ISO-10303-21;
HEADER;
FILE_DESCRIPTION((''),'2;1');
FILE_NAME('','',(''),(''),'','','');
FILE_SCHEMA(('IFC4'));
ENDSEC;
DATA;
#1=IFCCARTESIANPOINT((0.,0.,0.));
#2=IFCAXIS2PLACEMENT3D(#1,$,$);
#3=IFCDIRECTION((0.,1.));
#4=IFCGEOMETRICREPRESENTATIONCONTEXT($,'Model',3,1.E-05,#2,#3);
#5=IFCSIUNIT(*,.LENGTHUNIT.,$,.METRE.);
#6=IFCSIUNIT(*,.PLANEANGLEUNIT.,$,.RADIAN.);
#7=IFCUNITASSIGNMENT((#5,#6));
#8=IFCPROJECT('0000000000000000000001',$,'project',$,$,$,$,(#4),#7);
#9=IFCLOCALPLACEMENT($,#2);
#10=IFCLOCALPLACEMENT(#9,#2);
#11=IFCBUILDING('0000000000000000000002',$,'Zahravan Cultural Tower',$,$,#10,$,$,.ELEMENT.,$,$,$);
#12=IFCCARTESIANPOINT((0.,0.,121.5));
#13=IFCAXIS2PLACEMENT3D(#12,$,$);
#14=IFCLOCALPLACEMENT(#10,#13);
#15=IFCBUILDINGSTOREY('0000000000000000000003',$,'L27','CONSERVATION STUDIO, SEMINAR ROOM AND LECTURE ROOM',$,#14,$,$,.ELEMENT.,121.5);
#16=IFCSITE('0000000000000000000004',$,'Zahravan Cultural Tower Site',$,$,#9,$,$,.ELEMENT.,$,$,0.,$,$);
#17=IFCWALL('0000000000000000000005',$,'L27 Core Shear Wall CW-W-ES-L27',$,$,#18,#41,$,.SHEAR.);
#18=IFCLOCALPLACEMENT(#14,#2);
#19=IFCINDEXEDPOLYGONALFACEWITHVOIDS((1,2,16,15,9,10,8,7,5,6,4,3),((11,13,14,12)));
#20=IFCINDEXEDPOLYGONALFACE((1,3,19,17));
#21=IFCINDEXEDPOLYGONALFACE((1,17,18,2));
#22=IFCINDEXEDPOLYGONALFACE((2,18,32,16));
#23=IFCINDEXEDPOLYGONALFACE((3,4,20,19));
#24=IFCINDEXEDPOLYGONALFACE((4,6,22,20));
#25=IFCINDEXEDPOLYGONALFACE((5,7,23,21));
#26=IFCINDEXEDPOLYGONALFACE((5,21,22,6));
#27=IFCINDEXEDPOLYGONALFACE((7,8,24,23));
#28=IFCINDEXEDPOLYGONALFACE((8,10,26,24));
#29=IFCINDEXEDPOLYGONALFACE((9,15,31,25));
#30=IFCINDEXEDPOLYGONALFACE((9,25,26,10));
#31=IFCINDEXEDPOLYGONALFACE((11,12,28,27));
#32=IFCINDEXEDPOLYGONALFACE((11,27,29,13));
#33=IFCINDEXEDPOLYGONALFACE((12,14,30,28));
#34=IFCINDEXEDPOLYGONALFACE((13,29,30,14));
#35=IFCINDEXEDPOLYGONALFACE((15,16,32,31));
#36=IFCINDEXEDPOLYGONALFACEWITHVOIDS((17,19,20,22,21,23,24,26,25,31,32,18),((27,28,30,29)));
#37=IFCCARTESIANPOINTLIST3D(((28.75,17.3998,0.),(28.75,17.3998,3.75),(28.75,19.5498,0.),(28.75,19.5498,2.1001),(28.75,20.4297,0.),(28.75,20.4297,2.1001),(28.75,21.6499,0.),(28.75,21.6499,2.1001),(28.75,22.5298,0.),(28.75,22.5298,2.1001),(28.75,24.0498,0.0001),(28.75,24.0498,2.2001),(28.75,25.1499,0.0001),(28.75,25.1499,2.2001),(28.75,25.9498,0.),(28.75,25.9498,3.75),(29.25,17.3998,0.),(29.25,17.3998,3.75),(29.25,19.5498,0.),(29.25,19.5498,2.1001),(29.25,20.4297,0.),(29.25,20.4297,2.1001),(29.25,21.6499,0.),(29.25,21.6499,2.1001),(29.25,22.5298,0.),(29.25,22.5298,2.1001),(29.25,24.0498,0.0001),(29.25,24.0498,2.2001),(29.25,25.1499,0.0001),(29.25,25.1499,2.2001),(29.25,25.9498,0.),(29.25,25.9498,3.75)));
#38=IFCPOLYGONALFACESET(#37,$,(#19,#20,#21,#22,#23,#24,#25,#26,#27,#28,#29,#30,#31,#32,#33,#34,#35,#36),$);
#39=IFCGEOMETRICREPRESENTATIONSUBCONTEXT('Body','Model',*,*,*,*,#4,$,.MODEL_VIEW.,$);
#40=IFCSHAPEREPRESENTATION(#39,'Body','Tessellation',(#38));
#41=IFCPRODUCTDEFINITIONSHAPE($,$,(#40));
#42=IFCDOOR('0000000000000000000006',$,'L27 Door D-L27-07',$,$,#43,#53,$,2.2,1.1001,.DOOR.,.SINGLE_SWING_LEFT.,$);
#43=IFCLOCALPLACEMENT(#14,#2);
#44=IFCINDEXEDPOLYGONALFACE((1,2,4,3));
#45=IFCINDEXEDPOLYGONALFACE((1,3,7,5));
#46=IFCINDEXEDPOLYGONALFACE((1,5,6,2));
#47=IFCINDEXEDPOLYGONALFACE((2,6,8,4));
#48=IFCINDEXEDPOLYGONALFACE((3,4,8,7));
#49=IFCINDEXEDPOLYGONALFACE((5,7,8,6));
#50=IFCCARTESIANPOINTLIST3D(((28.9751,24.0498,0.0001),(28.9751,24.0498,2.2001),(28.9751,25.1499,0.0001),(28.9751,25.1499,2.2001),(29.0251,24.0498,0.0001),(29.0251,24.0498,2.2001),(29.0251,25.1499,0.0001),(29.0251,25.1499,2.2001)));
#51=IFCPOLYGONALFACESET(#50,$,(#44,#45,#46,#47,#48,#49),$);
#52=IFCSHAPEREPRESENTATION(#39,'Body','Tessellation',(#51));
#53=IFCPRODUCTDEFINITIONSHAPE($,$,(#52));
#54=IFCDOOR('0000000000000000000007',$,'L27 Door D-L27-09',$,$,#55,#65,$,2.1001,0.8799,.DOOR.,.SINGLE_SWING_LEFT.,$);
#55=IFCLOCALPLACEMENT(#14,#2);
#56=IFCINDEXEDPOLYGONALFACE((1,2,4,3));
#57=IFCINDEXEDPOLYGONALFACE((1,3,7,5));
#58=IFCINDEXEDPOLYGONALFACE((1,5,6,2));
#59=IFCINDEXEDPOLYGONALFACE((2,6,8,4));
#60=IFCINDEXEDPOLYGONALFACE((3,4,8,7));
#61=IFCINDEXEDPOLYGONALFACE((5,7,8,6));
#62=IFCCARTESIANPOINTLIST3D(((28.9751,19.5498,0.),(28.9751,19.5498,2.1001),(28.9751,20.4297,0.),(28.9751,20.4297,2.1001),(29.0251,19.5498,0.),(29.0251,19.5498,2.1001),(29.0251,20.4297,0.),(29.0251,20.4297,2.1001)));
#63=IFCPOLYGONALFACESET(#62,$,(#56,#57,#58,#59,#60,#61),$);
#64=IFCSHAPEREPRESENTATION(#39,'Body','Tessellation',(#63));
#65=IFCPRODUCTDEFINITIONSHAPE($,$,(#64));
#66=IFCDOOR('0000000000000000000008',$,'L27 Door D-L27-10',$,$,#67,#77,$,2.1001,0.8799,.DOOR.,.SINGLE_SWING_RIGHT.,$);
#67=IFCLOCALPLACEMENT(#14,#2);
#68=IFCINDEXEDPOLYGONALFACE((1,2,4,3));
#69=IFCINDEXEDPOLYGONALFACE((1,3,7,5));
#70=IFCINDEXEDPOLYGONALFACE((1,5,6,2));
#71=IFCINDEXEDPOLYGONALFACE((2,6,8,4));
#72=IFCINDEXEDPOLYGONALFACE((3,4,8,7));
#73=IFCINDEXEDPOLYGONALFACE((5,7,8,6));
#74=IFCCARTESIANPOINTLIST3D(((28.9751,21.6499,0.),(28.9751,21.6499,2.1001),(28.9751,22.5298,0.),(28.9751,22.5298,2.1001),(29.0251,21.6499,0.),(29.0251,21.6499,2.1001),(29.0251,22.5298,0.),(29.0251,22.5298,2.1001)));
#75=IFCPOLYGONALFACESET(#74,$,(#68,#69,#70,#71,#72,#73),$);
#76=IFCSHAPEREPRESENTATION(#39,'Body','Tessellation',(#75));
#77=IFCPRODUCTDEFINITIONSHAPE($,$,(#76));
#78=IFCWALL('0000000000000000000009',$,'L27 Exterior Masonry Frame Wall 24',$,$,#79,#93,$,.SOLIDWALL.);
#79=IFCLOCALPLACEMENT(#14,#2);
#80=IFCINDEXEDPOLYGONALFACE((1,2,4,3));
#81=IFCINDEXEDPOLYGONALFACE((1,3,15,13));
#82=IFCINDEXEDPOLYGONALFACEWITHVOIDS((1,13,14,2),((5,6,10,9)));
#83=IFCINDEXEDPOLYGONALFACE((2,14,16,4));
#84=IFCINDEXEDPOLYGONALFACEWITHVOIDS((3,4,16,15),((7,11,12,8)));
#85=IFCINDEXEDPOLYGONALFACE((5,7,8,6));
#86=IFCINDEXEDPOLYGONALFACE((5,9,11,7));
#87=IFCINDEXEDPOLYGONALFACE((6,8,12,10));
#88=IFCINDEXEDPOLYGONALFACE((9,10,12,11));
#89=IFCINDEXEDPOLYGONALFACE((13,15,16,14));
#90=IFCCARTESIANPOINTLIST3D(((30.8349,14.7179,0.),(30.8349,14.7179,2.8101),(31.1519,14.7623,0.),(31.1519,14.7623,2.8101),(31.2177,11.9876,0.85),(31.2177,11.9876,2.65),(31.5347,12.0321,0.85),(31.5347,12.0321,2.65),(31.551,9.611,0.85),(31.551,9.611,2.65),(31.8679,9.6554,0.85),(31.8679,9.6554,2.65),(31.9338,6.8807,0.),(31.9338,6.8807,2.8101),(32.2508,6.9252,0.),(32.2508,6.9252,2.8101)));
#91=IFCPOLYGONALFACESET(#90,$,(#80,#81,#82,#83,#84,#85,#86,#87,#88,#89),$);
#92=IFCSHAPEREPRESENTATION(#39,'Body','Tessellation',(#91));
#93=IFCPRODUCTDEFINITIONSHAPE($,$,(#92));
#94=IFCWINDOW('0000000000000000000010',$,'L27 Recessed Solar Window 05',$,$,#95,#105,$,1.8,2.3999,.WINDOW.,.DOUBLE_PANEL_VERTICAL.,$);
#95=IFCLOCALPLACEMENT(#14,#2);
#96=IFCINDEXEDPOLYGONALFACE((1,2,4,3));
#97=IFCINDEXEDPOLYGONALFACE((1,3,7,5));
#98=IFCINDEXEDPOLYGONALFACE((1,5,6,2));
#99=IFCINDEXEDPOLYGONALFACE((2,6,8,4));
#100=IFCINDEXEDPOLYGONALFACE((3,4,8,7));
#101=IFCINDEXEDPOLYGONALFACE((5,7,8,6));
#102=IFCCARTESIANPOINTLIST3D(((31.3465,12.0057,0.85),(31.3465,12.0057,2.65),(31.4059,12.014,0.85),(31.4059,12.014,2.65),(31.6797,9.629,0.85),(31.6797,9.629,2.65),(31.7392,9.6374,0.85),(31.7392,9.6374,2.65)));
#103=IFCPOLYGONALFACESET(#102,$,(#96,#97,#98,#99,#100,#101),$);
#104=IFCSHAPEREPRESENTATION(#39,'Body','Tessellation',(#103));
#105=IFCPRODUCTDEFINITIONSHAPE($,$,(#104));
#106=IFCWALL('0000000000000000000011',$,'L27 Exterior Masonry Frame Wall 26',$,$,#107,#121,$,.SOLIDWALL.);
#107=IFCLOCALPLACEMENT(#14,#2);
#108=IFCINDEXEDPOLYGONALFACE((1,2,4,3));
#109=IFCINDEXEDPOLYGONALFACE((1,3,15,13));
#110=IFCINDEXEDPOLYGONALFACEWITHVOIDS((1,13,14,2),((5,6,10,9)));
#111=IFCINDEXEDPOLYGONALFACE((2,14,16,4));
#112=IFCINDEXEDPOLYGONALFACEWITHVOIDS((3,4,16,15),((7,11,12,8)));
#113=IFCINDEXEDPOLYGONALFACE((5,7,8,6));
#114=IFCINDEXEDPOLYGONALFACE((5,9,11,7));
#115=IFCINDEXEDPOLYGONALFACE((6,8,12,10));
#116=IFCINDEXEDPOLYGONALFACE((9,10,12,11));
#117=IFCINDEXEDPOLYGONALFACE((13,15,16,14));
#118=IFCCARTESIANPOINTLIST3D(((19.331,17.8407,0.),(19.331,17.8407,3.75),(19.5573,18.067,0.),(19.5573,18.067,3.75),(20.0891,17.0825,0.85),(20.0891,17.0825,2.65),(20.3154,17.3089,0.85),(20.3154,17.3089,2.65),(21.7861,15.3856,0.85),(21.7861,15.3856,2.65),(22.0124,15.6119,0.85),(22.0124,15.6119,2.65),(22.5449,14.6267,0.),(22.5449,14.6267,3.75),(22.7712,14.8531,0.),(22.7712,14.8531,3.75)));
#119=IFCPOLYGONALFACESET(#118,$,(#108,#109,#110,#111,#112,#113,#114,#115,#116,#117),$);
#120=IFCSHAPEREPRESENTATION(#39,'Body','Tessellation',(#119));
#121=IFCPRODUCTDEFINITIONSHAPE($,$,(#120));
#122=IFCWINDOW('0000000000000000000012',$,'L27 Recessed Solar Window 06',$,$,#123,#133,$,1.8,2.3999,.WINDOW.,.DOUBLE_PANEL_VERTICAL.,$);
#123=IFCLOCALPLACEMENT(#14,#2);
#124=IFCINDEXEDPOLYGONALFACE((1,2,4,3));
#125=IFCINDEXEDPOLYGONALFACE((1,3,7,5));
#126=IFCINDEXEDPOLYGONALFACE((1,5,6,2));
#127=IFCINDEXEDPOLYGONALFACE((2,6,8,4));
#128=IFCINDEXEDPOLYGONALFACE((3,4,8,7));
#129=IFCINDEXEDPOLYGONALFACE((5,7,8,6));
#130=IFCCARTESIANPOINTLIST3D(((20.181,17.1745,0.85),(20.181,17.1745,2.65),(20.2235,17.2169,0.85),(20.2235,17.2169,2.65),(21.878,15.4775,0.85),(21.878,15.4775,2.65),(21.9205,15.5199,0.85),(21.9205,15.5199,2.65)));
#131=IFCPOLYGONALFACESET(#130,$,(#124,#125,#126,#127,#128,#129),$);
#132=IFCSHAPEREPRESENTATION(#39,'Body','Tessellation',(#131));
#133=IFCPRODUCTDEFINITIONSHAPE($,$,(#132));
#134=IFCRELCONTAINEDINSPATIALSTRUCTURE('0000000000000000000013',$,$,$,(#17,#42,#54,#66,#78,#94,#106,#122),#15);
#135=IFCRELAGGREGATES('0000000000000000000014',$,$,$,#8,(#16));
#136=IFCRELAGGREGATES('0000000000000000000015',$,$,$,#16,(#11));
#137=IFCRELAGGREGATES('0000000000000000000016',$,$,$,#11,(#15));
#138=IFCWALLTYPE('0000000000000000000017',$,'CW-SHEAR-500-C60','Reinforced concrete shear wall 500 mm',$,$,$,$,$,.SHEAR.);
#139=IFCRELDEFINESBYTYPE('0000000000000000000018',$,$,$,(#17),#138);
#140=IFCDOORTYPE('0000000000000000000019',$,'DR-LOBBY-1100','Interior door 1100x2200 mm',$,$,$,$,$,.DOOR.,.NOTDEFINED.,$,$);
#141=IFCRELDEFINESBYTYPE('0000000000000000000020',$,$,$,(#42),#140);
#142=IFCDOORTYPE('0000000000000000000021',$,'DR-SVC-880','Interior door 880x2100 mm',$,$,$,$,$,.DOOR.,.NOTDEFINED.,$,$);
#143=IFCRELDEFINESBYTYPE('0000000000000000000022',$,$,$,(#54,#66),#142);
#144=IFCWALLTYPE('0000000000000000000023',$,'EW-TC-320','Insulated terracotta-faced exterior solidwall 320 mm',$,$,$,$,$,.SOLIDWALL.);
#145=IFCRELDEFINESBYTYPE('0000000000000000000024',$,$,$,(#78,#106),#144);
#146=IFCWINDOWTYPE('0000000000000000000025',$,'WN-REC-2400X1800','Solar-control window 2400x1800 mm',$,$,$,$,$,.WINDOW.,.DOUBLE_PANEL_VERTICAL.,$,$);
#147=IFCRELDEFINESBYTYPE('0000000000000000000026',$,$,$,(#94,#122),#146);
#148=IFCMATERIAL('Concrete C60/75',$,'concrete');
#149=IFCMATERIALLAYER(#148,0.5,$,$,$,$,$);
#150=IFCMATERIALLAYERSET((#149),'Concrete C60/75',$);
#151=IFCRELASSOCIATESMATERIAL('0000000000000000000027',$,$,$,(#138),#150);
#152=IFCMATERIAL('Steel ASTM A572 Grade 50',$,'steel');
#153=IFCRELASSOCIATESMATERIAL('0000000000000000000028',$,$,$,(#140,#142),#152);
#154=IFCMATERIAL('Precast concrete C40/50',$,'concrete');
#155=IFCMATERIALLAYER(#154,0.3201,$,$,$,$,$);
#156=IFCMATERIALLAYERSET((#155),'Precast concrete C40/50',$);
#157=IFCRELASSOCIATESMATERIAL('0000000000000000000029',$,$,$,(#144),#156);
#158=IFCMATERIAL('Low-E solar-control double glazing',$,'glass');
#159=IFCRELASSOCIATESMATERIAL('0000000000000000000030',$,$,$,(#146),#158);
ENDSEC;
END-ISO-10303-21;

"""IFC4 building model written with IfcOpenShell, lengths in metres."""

from ifc_helpers import new_model, si_unit, direction, frame, frame_2d, origin, place, context, subcontext, project, spatial, rectangle, extrude, source, transform, mapped, material, layer, layer_set, type_object, element, fill, save


model = new_model("IFC4")

# Units and contexts
model_context = context("Model", 3, precision=1e-05, world=origin(), true_north=direction((0.0, 1.0)))
body_context = subcontext(model_context, "Body", "Model", "MODEL_VIEW")
ifc_project = project(units=[si_unit("LENGTHUNIT", "METRE"), si_unit("PLANEANGLEUNIT", "RADIAN")], contexts=[model_context])

# Site, building, storey
site_placement = place(None, origin())
site = spatial("IfcSite", under=ifc_project, at=site_placement, Name="Zahravan Cultural Tower Site", CompositionType="ELEMENT", RefElevation=0.0)
building_placement = place(site_placement, origin())
building = spatial("IfcBuilding", under=site, at=building_placement, Name="Zahravan Cultural Tower", CompositionType="ELEMENT")
storey_placement = place(building_placement, frame((0.0, 0.0, 121.5)))
storey = spatial("IfcBuildingStorey", under=building, at=storey_placement, Name="L27", Description="CONSERVATION STUDIO, SEMINAR ROOM AND LECTURE ROOM", CompositionType="ELEMENT", Elevation=121.5)

# Shared definitions
ifc_material_1 = material(Name="Concrete C60/75", Category="concrete")

# Wall, openings, doors
ifc_layer_1 = layer(ifc_material_1, 0.5)
ifc_layer_set_1 = layer_set([ifc_layer_1], Name="Concrete C60/75")
wall_type_1 = type_object("IfcWallType", Name="CW-SHEAR-500-C60", Description="Reinforced concrete shear wall 500 mm", PredefinedType="SHEAR", material=ifc_layer_set_1)
wall_1_placement = place(storey_placement, frame((29.0, 17.3999, 0.0), z_axis=(0.0, 0.0, 1.0), x_axis=(0.0, 1.0, 0.0)))
wall_1 = element("IfcWall", 1, at=wall_1_placement, inside=storey, type_object=wall_type_1, Name="L27 Core Shear Wall CW-W-ES-L27", PredefinedType="SHEAR", context=body_context, shape_type="SweptSolid", body=[
    extrude(rectangle(XDim=8.55, YDim=0.5, at=frame_2d((4.2749, 0.0))), origin(), (0.0, 0.0, 1.0), 3.75),
])
opening_1_placement = place(wall_1_placement, frame((6.6499, 0.0, 0.0)))
opening_1 = element("IfcOpeningElement", 2, at=opening_1_placement, cuts=wall_1, PredefinedType="OPENING", context=body_context, shape_type="SweptSolid", body=[
    extrude(rectangle(XDim=1.1001, YDim=2.2, at=frame_2d((0.55, 1.1001))), frame((0.0, 0.26, 0.0), z_axis=(0.0, -1.0, 0.0), x_axis=(1.0, 0.0, 0.0)), (0.0, 0.0, 1.0), 0.52),
])
opening_2_placement = place(wall_1_placement, frame((2.1499, 0.0, 0.0)))
opening_2 = element("IfcOpeningElement", 3, at=opening_2_placement, cuts=wall_1, PredefinedType="OPENING", context=body_context, shape_type="SweptSolid", body=[
    extrude(rectangle(XDim=0.8799, YDim=2.1001, at=frame_2d((0.4399, 1.05))), frame((0.0, 0.26, 0.0), z_axis=(0.0, -1.0, 0.0), x_axis=(1.0, 0.0, 0.0)), (0.0, 0.0, 1.0), 0.52),
])
opening_3_placement = place(wall_1_placement, frame((4.25, 0.0, 0.0)))
opening_3 = element("IfcOpeningElement", 4, at=opening_3_placement, cuts=wall_1, PredefinedType="OPENING", context=body_context, shape_type="SweptSolid", body=[
    extrude(rectangle(XDim=0.8799, YDim=2.1001, at=frame_2d((0.4399, 1.05))), frame((0.0, 0.26, 0.0), z_axis=(0.0, -1.0, 0.0), x_axis=(1.0, 0.0, 0.0)), (0.0, 0.0, 1.0), 0.52),
])
ifc_material_2 = material(Name="Steel ASTM A572 Grade 50", Category="steel")
door_type_1 = type_object("IfcDoorType", Name="DR-LOBBY-1100", Description="Interior door 1100x2200 mm", OperationType="NOTDEFINED", PredefinedType="DOOR", material=ifc_material_2)
shared_shape_1 = source(origin(), body_context, "Body", "SweptSolid", [
    extrude(rectangle(XDim=1.1001, YDim=2.2, at=frame_2d((0.55, 1.1001))), frame((0.0, 0.0249, 0.0), z_axis=(0.0, -1.0, 0.0), x_axis=(1.0, 0.0, 0.0)), (0.0, 0.0, 1.0), 0.05),
])
door_1_placement = place(opening_1_placement, origin())
door_1 = element("IfcDoor", 5, at=door_1_placement, inside=storey, type_object=door_type_1, Name="L27 Door D-L27-07", OperationType="SINGLE_SWING_LEFT", OverallHeight=2.2, OverallWidth=1.1001, PredefinedType="DOOR", context=body_context, shape_type="MappedRepresentation", body=[
    mapped(shared_shape_1, transform((0.0, 0.0, 0.0), x_axis=(1.0, 0.0, 0.0), y_axis=(0.0, 1.0, 0.0), z_axis=(0.0, 0.0, 1.0), scale=1.0)),
])
fill(opening_1, door_1)
door_type_2 = type_object("IfcDoorType", Name="DR-SVC-880", Description="Interior door 880x2100 mm", OperationType="NOTDEFINED", PredefinedType="DOOR", material=ifc_material_2)
shared_shape_2 = source(origin(), body_context, "Body", "SweptSolid", [
    extrude(rectangle(XDim=0.8799, YDim=2.1001, at=frame_2d((0.4399, 1.05))), frame((0.0, 0.0249, 0.0), z_axis=(0.0, -1.0, 0.0), x_axis=(1.0, 0.0, 0.0)), (0.0, 0.0, 1.0), 0.05),
])
door_2_placement = place(opening_2_placement, origin())
door_2 = element("IfcDoor", 6, at=door_2_placement, inside=storey, type_object=door_type_2, Name="L27 Door D-L27-09", OperationType="SINGLE_SWING_LEFT", OverallHeight=2.1001, OverallWidth=0.8799, PredefinedType="DOOR", context=body_context, shape_type="MappedRepresentation", body=[
    mapped(shared_shape_2, transform((0.0, 0.0, 0.0), x_axis=(1.0, 0.0, 0.0), y_axis=(0.0, 1.0, 0.0), z_axis=(0.0, 0.0, 1.0), scale=1.0)),
])
fill(opening_2, door_2)
door_3_placement = place(opening_3_placement, origin())
door_3 = element("IfcDoor", 7, at=door_3_placement, inside=storey, type_object=door_type_2, Name="L27 Door D-L27-10", OperationType="SINGLE_SWING_RIGHT", OverallHeight=2.1001, OverallWidth=0.8799, PredefinedType="DOOR", context=body_context, shape_type="MappedRepresentation", body=[
    mapped(shared_shape_2, transform((0.0, 0.0, 0.0), x_axis=(1.0, 0.0, 0.0), y_axis=(0.0, 1.0, 0.0), z_axis=(0.0, 0.0, 1.0), scale=1.0)),
])
fill(opening_3, door_3)

# Walls, openings, windows
ifc_material_3 = material(Name="Precast concrete C40/50", Category="concrete")
ifc_layer_2 = layer(ifc_material_3, 0.3201)
ifc_layer_set_2 = layer_set([ifc_layer_2], Name="Precast concrete C40/50")
wall_type_2 = type_object("IfcWallType", Name="EW-TC-320", Description="Insulated terracotta-faced exterior solidwall 320 mm", PredefinedType="SOLIDWALL", material=ifc_layer_set_2)
wall_2_placement = place(storey_placement, frame((32.0923, 6.9028, 0.0), z_axis=(0.0, 0.0, 1.0), x_axis=(-0.138855, 0.990313, 0.0)))
wall_2 = element("IfcWall", 8, at=wall_2_placement, inside=storey, type_object=wall_type_2, Name="L27 Exterior Masonry Frame Wall 24", PredefinedType="SOLIDWALL", context=body_context, shape_type="SweptSolid", body=[
    extrude(rectangle(XDim=7.9138, YDim=0.3201, at=frame_2d((3.957, 0.0))), origin(), (0.0, 0.0, 1.0), 2.8101),
])
opening_4_placement = place(wall_2_placement, frame((2.7571, 0.0, 0.8501)))
opening_4 = element("IfcOpeningElement", 9, at=opening_4_placement, cuts=wall_2, PredefinedType="OPENING", context=body_context, shape_type="SweptSolid", body=[
    extrude(rectangle(XDim=2.3999, YDim=1.8, at=frame_2d((1.2, 0.8999))), frame((0.0, 0.1699, 0.0), z_axis=(0.0, -1.0, 0.0), x_axis=(1.0, 0.0, 0.0)), (0.0, 0.0, 1.0), 0.3401),
])
ifc_material_4 = material(Name="Low-E solar-control double glazing", Category="glass")
window_type = type_object("IfcWindowType", Name="WN-REC-2400X1800", Description="Solar-control window 2400x1800 mm", PartitioningType="DOUBLE_PANEL_VERTICAL", PredefinedType="WINDOW", material=ifc_material_4)
shared_shape_3 = source(origin(), body_context, "Body", "SweptSolid", [
    extrude(rectangle(XDim=2.3999, YDim=1.8, at=frame_2d((1.2, 0.8999))), frame((0.0, 0.03, 0.0), z_axis=(0.0, -1.0, 0.0), x_axis=(1.0, 0.0, 0.0)), (0.0, 0.0, 1.0), 0.0601),
])
window_1_placement = place(opening_4_placement, origin())
window_1 = element("IfcWindow", 10, at=window_1_placement, inside=storey, type_object=window_type, Name="L27 Recessed Solar Window 05", OverallHeight=1.8, OverallWidth=2.3999, PartitioningType="DOUBLE_PANEL_VERTICAL", PredefinedType="WINDOW", context=body_context, shape_type="MappedRepresentation", body=[
    mapped(shared_shape_3, transform((0.0, 0.0, 0.0), x_axis=(1.0, 0.0, 0.0), y_axis=(0.0, 1.0, 0.0), z_axis=(0.0, 0.0, 1.0), scale=1.0)),
])
fill(opening_4, window_1)
wall_3_placement = place(storey_placement, frame((22.658, 14.74, 0.0), z_axis=(0.0, 0.0, 1.0), x_axis=(-0.707107, 0.707107, 0.0)))
wall_3 = element("IfcWall", 11, at=wall_3_placement, inside=storey, type_object=wall_type_2, Name="L27 Exterior Masonry Frame Wall 26", PredefinedType="SOLIDWALL", context=body_context, shape_type="SweptSolid", body=[
    extrude(rectangle(XDim=4.5452, YDim=0.3201, at=frame_2d((2.2725, 0.0))), origin(), (0.0, 0.0, 1.0), 3.75),
])
opening_5_placement = place(wall_3_placement, frame((1.073, 0.0, 0.8501)))
opening_5 = element("IfcOpeningElement", 12, at=opening_5_placement, cuts=wall_3, PredefinedType="OPENING", context=body_context, shape_type="SweptSolid", body=[
    extrude(rectangle(XDim=2.3999, YDim=1.8, at=frame_2d((1.2, 0.8999))), frame((0.0, 0.1699, 0.0), z_axis=(0.0, -1.0, 0.0), x_axis=(1.0, 0.0, 0.0)), (0.0, 0.0, 1.0), 0.3401),
])
window_2_placement = place(opening_5_placement, origin())
window_2 = element("IfcWindow", 13, at=window_2_placement, inside=storey, type_object=window_type, Name="L27 Recessed Solar Window 06", OverallHeight=1.8, OverallWidth=2.3999, PartitioningType="DOUBLE_PANEL_VERTICAL", PredefinedType="WINDOW", context=body_context, shape_type="MappedRepresentation", body=[
    mapped(shared_shape_3, transform((0.0, 0.0, 0.0), x_axis=(1.0, 0.0, 0.0), y_axis=(0.0, 1.0, 0.0), z_axis=(0.0, 0.0, 1.0), scale=1.0)),
])
fill(opening_5, window_2)

save(model, "model.ifc")
